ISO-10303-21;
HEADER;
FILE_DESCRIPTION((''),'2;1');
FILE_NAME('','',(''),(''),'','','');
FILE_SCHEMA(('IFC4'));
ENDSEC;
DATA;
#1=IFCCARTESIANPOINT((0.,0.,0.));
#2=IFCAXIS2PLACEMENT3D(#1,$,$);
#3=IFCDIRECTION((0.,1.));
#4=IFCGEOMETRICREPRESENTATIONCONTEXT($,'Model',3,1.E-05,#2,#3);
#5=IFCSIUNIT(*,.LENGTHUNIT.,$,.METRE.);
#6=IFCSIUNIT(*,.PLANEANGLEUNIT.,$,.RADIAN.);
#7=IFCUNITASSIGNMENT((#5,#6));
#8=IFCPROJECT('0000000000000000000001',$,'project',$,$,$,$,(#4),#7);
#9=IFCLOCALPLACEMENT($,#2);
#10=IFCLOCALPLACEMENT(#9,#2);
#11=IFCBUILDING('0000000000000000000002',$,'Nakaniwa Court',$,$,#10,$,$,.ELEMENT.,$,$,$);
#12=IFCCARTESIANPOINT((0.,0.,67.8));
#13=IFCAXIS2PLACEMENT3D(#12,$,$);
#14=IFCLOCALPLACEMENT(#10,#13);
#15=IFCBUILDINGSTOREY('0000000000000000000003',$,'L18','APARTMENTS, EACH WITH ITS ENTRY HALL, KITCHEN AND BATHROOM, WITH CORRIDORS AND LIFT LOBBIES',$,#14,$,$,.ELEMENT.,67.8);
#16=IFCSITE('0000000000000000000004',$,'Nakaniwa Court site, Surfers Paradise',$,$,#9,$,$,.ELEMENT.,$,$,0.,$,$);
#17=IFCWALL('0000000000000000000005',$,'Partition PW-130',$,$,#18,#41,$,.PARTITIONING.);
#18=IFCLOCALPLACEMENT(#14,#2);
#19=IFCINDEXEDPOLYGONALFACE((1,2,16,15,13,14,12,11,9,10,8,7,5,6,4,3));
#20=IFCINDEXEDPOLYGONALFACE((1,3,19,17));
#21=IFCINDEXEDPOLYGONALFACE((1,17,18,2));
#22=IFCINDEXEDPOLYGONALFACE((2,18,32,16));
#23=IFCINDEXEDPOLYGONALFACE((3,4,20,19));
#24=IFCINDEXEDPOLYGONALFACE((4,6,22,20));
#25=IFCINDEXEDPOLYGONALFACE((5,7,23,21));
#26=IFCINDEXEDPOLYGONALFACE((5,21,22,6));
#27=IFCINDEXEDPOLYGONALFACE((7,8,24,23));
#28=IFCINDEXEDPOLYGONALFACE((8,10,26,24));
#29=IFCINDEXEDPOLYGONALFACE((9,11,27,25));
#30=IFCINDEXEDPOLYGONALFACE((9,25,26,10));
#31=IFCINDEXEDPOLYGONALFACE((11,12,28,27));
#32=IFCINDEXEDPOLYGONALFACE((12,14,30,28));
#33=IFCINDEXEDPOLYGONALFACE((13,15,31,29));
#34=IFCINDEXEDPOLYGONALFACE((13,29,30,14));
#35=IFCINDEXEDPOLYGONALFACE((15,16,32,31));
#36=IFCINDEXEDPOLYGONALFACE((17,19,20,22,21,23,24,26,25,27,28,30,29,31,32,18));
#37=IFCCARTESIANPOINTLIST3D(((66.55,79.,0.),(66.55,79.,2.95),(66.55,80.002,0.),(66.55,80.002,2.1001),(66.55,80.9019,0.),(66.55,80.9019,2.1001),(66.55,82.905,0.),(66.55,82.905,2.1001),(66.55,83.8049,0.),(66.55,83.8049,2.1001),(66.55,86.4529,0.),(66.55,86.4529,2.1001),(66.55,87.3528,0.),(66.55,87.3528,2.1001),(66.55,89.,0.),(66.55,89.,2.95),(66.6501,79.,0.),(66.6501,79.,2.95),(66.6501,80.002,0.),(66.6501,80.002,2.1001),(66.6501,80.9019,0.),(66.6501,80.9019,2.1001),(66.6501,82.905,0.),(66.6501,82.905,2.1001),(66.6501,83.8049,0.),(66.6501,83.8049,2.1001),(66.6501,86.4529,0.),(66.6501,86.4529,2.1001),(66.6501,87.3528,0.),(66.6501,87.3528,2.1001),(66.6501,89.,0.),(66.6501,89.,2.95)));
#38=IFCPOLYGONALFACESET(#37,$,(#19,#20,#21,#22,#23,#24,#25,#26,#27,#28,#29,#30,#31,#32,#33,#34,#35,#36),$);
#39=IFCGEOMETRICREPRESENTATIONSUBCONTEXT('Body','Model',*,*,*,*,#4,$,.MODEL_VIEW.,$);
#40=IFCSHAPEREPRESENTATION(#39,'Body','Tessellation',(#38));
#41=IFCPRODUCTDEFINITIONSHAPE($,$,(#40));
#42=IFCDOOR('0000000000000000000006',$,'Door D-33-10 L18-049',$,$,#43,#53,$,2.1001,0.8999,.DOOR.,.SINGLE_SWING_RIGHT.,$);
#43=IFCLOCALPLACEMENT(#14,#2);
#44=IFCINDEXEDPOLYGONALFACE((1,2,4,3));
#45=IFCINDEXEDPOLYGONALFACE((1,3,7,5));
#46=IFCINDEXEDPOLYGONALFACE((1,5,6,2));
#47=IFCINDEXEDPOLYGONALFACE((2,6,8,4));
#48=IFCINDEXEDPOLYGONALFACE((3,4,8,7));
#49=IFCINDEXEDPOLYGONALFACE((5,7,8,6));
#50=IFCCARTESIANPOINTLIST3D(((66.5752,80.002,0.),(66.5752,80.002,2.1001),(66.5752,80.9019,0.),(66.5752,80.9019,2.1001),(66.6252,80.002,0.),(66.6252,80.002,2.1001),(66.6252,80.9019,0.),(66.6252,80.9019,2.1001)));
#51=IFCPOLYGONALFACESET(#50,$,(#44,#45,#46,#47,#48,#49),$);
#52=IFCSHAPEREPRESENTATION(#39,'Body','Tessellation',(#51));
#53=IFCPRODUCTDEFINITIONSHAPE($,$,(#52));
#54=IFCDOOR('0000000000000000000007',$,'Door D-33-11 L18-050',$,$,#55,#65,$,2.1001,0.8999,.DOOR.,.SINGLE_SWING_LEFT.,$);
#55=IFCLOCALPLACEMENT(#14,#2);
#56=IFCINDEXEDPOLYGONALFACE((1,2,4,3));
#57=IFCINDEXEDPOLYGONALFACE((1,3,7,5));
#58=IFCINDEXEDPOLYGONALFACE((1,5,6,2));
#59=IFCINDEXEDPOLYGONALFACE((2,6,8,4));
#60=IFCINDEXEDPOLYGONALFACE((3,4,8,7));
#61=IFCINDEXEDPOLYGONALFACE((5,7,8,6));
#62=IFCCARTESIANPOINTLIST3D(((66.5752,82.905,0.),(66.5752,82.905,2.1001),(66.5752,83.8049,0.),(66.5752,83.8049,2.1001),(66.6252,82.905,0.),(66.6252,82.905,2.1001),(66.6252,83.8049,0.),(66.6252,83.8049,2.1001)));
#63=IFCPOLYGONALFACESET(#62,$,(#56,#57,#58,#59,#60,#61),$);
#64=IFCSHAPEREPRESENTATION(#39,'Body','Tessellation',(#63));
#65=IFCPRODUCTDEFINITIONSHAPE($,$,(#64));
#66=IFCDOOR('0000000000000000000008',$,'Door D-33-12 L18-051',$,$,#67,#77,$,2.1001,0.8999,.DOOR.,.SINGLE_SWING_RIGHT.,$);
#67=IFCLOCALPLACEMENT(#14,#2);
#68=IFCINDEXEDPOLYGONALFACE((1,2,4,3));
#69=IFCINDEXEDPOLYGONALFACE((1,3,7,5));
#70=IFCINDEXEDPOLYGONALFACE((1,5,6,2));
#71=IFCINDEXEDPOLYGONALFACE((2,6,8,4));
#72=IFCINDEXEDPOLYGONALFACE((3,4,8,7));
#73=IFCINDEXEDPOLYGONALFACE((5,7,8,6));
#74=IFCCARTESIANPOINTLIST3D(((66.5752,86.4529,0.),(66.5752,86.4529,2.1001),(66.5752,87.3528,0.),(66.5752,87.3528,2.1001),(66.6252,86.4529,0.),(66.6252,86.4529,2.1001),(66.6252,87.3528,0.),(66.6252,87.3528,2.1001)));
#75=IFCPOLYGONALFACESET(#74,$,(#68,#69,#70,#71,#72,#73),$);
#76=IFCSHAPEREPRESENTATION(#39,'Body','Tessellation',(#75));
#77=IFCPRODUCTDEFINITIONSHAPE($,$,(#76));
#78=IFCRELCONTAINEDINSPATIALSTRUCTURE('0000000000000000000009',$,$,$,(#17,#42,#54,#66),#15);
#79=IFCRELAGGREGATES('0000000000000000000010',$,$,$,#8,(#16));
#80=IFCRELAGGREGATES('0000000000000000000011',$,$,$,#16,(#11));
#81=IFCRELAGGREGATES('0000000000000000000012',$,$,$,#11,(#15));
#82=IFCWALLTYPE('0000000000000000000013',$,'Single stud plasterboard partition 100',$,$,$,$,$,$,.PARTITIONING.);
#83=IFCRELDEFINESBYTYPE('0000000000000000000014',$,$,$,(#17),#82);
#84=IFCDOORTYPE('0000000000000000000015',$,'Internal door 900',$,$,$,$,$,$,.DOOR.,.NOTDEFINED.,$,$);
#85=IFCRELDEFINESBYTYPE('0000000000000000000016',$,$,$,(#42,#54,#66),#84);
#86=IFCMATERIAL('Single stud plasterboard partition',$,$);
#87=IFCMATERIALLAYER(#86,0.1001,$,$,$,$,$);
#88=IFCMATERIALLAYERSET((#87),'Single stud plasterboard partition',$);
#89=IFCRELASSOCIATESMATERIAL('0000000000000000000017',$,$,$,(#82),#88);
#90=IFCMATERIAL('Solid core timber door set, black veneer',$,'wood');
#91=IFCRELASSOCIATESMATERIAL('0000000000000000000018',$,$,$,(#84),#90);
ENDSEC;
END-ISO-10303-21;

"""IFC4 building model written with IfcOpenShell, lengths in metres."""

from ifc_helpers import new_model, si_unit, direction, frame, frame_2d, origin, place, context, subcontext, project, spatial, rectangle, extrude, material, layer, layer_set, type_object, element, fill, save


model = new_model("IFC4")

# Units and contexts
model_context = context("Model", 3, precision=1e-05, world=origin(), true_north=direction((0.0, 1.0)))
body_context = subcontext(model_context, "Body", "Model", "MODEL_VIEW")
ifc_project = project(units=[si_unit("LENGTHUNIT", "METRE"), si_unit("PLANEANGLEUNIT", "RADIAN")], contexts=[model_context])

# Site, building, storey
site_placement = place(None, origin())
site = spatial("IfcSite", under=ifc_project, at=site_placement, Name="Nakaniwa Court site, Surfers Paradise", CompositionType="ELEMENT", RefElevation=0.0)
building_placement = place(site_placement, origin())
building = spatial("IfcBuilding", under=site, at=building_placement, Name="Nakaniwa Court", CompositionType="ELEMENT")
storey_placement = place(building_placement, frame((0.0, 0.0, 67.8)))
storey = spatial("IfcBuildingStorey", under=building, at=storey_placement, Name="L18", Description="APARTMENTS, EACH WITH ITS ENTRY HALL, KITCHEN AND BATHROOM, WITH CORRIDORS AND LIFT LOBBIES", CompositionType="ELEMENT", Elevation=67.8)

# Shared definitions
ifc_material_1 = material(Name="Single stud plasterboard partition")
ifc_layer_1 = layer(ifc_material_1, 0.1001)
ifc_layer_set_1 = layer_set([ifc_layer_1], Name="Single stud plasterboard partition")
wall_type_1 = type_object("IfcWallType", Name="Single stud plasterboard partition 100", PredefinedType="PARTITIONING", material=ifc_layer_set_1)

# Wall, openings, doors
wall_1_placement = place(storey_placement, frame((66.6001, 79.0, 0.0), z_axis=(0.0, 0.0, 1.0), x_axis=(0.0, 1.0, 0.0)))
wall_1 = element("IfcWall", 1, at=wall_1_placement, inside=storey, type_object=wall_type_1, Name="Partition PW-130", PredefinedType="PARTITIONING", context=body_context, shape_type="SweptSolid", body=[
    extrude(rectangle(XDim=10.0, YDim=0.1001, at=frame_2d((5.0, 0.0))), origin(), (0.0, 0.0, 1.0), 2.95),
])
opening_1_placement = place(wall_1_placement, frame((1.002, 0.0, 0.0)))
opening_1 = element("IfcOpeningElement", 2, at=opening_1_placement, cuts=wall_1, PredefinedType="OPENING", context=body_context, shape_type="SweptSolid", body=[
    extrude(rectangle(XDim=0.8999, YDim=2.1001, at=frame_2d((0.45, 1.05))), frame((0.0, 0.0601, 0.0), z_axis=(0.0, -1.0, 0.0), x_axis=(1.0, 0.0, 0.0)), (0.0, 0.0, 1.0), 0.1201),
])
opening_2_placement = place(wall_1_placement, frame((3.905, 0.0, 0.0)))
opening_2 = element("IfcOpeningElement", 3, at=opening_2_placement, cuts=wall_1, PredefinedType="OPENING", context=body_context, shape_type="SweptSolid", body=[
    extrude(rectangle(XDim=0.8999, YDim=2.1001, at=frame_2d((0.45, 1.05))), frame((0.0, 0.0601, 0.0), z_axis=(0.0, -1.0, 0.0), x_axis=(1.0, 0.0, 0.0)), (0.0, 0.0, 1.0), 0.1201),
])
opening_3_placement = place(wall_1_placement, frame((7.4529, 0.0, 0.0)))
opening_3 = element("IfcOpeningElement", 4, at=opening_3_placement, cuts=wall_1, PredefinedType="OPENING", context=body_context, shape_type="SweptSolid", body=[
    extrude(rectangle(XDim=0.8999, YDim=2.1001, at=frame_2d((0.45, 1.05))), frame((0.0, 0.0601, 0.0), z_axis=(0.0, -1.0, 0.0), x_axis=(1.0, 0.0, 0.0)), (0.0, 0.0, 1.0), 0.1201),
])
ifc_material_2 = material(Name="Solid core timber door set, black veneer", Category="wood")
door_type = type_object("IfcDoorType", Name="Internal door 900", OperationType="NOTDEFINED", PredefinedType="DOOR", material=ifc_material_2)
door_1_placement = place(opening_1_placement, origin())
door_1 = element("IfcDoor", 5, at=door_1_placement, inside=storey, type_object=door_type, Name="Door D-33-10 L18-049", OperationType="SINGLE_SWING_RIGHT", OverallHeight=2.1001, OverallWidth=0.8999, PredefinedType="DOOR", context=body_context, shape_type="SweptSolid", body=[
    extrude(rectangle(XDim=0.8999, YDim=2.1001, at=frame_2d((0.45, 1.05))), frame((0.0, 0.0249, 0.0), z_axis=(0.0, -1.0, 0.0), x_axis=(1.0, 0.0, 0.0)), (0.0, 0.0, 1.0), 0.05),
])
fill(opening_1, door_1)
door_2_placement = place(opening_2_placement, origin())
door_2 = element("IfcDoor", 6, at=door_2_placement, inside=storey, type_object=door_type, Name="Door D-33-11 L18-050", OperationType="SINGLE_SWING_LEFT", OverallHeight=2.1001, OverallWidth=0.8999, PredefinedType="DOOR", context=body_context, shape_type="SweptSolid", body=[
    extrude(rectangle(XDim=0.8999, YDim=2.1001, at=frame_2d((0.45, 1.05))), frame((0.0, 0.0249, 0.0), z_axis=(0.0, -1.0, 0.0), x_axis=(1.0, 0.0, 0.0)), (0.0, 0.0, 1.0), 0.05),
])
fill(opening_2, door_2)
door_3_placement = place(opening_3_placement, origin())
door_3 = element("IfcDoor", 7, at=door_3_placement, inside=storey, type_object=door_type, Name="Door D-33-12 L18-051", OperationType="SINGLE_SWING_RIGHT", OverallHeight=2.1001, OverallWidth=0.8999, PredefinedType="DOOR", context=body_context, shape_type="SweptSolid", body=[
    extrude(rectangle(XDim=0.8999, YDim=2.1001, at=frame_2d((0.45, 1.05))), frame((0.0, 0.0249, 0.0), z_axis=(0.0, -1.0, 0.0), x_axis=(1.0, 0.0, 0.0)), (0.0, 0.0, 1.0), 0.05),
])
fill(opening_3, door_3)

save(model, "model.ifc")
